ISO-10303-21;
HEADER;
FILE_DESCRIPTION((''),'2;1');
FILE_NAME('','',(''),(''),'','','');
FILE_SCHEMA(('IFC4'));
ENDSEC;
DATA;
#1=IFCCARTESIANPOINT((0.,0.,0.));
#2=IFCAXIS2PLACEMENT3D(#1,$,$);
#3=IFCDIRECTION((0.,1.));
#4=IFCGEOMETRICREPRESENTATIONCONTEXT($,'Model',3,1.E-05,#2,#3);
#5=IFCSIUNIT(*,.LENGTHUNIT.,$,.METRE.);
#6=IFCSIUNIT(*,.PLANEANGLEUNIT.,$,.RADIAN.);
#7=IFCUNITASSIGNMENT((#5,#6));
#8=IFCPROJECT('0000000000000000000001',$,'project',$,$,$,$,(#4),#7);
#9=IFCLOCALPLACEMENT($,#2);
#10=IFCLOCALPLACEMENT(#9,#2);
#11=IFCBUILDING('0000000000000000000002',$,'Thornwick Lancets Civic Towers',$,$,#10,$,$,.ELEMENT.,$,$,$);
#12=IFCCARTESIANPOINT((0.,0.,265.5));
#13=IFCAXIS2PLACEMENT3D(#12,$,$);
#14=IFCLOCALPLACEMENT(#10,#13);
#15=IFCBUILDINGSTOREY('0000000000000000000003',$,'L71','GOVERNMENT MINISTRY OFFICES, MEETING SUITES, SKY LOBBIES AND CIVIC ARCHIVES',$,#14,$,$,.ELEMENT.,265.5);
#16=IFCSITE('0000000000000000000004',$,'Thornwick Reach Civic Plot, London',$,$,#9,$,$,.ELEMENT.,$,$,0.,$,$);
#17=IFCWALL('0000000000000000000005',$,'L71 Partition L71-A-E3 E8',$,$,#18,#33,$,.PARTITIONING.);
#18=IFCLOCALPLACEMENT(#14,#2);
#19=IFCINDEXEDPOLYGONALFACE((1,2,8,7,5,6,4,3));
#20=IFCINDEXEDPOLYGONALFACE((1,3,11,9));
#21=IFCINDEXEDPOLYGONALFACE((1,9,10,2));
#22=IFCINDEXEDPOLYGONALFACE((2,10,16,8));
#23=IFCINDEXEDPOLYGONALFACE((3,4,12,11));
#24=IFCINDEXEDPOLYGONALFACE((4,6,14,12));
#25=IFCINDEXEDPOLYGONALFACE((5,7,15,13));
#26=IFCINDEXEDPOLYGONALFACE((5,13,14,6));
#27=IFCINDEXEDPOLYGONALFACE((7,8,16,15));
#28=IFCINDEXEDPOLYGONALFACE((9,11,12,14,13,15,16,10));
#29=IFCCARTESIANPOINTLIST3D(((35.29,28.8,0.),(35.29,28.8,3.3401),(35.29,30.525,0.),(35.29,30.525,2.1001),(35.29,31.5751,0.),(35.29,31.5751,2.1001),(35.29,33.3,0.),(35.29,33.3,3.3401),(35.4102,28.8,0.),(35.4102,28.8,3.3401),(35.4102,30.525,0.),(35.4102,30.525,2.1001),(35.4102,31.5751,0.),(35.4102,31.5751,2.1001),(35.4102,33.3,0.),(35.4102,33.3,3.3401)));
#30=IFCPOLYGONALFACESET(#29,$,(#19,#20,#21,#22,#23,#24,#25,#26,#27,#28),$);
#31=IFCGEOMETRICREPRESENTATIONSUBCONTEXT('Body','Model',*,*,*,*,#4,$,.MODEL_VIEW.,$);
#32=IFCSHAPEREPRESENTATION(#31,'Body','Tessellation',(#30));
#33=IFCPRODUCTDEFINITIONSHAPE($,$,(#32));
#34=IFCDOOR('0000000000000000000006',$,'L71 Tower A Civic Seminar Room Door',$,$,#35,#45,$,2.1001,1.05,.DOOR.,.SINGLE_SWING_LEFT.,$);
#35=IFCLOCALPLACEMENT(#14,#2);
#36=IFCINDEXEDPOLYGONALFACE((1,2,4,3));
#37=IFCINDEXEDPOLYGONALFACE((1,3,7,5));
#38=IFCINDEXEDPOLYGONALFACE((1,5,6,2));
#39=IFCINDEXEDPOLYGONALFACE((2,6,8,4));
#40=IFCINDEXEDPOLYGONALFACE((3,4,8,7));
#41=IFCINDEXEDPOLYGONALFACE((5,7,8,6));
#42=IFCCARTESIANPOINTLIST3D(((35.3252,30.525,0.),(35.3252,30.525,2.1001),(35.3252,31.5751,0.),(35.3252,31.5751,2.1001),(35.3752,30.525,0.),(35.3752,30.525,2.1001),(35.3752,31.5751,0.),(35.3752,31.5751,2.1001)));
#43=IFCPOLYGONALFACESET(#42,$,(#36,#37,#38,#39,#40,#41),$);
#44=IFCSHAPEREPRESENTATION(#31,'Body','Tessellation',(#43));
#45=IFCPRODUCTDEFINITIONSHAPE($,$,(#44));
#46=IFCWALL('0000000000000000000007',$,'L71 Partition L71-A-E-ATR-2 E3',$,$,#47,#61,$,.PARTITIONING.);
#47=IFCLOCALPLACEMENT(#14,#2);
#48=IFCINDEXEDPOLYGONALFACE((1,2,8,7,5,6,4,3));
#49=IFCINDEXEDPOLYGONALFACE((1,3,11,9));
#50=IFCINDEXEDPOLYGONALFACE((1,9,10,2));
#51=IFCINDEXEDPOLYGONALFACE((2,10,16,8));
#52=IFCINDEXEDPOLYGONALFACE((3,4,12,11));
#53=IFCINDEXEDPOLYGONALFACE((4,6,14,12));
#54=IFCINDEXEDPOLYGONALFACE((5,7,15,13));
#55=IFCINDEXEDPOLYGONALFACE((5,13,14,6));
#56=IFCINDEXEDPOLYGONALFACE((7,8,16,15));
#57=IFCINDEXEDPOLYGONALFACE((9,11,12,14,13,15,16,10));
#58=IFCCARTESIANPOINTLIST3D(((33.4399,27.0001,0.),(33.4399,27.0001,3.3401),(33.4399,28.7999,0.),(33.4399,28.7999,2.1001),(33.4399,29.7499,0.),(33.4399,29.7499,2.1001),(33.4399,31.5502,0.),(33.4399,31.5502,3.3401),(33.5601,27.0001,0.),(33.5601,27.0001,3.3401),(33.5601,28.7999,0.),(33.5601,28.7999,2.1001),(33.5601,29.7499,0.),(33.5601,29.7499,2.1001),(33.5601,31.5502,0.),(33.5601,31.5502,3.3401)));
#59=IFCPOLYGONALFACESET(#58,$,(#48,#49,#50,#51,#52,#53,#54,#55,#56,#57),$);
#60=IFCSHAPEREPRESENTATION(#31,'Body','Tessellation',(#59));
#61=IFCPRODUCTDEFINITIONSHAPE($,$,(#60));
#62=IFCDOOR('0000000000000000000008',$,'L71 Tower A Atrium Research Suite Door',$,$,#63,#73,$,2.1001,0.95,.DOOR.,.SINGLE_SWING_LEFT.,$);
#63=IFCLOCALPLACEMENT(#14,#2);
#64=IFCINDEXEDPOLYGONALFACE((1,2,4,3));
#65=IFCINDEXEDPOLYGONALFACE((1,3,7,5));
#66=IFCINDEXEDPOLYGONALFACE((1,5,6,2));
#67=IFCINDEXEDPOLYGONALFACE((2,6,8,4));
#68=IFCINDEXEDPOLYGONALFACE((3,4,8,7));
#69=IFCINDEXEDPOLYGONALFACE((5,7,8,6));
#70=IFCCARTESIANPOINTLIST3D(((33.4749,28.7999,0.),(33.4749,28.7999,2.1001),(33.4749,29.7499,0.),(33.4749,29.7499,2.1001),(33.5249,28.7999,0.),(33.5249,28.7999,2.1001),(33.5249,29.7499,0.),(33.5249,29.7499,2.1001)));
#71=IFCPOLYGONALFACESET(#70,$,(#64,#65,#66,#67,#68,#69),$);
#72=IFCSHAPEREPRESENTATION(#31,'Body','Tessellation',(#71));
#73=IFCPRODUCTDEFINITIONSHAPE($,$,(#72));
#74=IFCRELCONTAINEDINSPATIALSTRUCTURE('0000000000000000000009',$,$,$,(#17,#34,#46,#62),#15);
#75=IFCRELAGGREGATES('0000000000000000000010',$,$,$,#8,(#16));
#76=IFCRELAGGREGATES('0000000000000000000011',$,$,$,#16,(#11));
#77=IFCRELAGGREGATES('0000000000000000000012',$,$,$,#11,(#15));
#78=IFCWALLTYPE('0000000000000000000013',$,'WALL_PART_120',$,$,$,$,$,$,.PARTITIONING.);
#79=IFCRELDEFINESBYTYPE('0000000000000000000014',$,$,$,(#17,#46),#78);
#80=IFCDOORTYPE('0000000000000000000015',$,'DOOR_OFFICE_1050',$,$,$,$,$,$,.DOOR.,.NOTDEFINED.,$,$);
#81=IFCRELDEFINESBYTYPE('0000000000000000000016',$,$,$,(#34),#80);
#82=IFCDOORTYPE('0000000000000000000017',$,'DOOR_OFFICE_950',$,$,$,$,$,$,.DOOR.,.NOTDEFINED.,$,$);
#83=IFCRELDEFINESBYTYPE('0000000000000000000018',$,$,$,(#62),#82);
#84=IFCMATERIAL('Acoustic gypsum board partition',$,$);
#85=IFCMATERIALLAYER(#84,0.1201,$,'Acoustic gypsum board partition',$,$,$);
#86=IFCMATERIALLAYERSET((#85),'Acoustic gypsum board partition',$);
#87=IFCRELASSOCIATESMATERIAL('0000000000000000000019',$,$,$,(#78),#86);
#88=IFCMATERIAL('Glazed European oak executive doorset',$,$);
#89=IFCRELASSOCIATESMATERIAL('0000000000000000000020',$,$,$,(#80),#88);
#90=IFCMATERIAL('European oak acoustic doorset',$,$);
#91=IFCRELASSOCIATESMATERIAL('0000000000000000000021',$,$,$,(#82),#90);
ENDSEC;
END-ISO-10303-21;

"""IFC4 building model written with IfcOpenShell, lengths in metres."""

from ifc_helpers import new_model, si_unit, direction, frame, frame_2d, origin, place, context, subcontext, project, spatial, rectangle, extrude, material, layer, layer_set, type_object, element, fill, save


model = new_model("IFC4")

# Units and contexts
model_context = context("Model", 3, precision=1e-05, world=origin(), true_north=direction((0.0, 1.0)))
body_context = subcontext(model_context, "Body", "Model", "MODEL_VIEW")
ifc_project = project(units=[si_unit("LENGTHUNIT", "METRE"), si_unit("PLANEANGLEUNIT", "RADIAN")], contexts=[model_context])

# Site, building, storey
site_placement = place(None, origin())
site = spatial("IfcSite", under=ifc_project, at=site_placement, Name="Thornwick Reach Civic Plot, London", CompositionType="ELEMENT", RefElevation=0.0)
building_placement = place(site_placement, origin())
building = spatial("IfcBuilding", under=site, at=building_placement, Name="Thornwick Lancets Civic Towers", CompositionType="ELEMENT")
storey_placement = place(building_placement, frame((0.0, 0.0, 265.5)))
storey = spatial("IfcBuildingStorey", under=building, at=storey_placement, Name="L71", Description="GOVERNMENT MINISTRY OFFICES, MEETING SUITES, SKY LOBBIES AND CIVIC ARCHIVES", CompositionType="ELEMENT", Elevation=265.5)

# Shared definitions
ifc_material_1 = material(Name="Acoustic gypsum board partition")
ifc_layer_1 = layer(ifc_material_1, 0.1201, Name="Acoustic gypsum board partition")
ifc_layer_set_1 = layer_set([ifc_layer_1], Name="Acoustic gypsum board partition")
wall_type_1 = type_object("IfcWallType", Name="WALL_PART_120", PredefinedType="PARTITIONING", material=ifc_layer_set_1)

# Walls, openings, doors
wall_1_placement = place(storey_placement, frame((35.3501, 28.8, 0.0), z_axis=(0.0, 0.0, 1.0), x_axis=(0.0, 1.0, 0.0)))
wall_1 = element("IfcWall", 1, at=wall_1_placement, inside=storey, type_object=wall_type_1, Name="L71 Partition L71-A-E3 E8", PredefinedType="PARTITIONING", context=body_context, shape_type="SweptSolid", body=[
    extrude(rectangle(XDim=4.5, YDim=0.1201, at=frame_2d((2.25, 0.0))), origin(), (0.0, 0.0, 1.0), 3.3401),
])
opening_1_placement = place(wall_1_placement, frame((1.7251, 0.0, 0.0)))
opening_1 = element("IfcOpeningElement", 2, at=opening_1_placement, cuts=wall_1, PredefinedType="OPENING", context=body_context, shape_type="SweptSolid", body=[
    extrude(rectangle(XDim=1.05, YDim=2.1001, at=frame_2d((0.5249, 1.05))), frame((0.0, 0.0701, 0.0), z_axis=(0.0, -1.0, 0.0), x_axis=(1.0, 0.0, 0.0)), (0.0, 0.0, 1.0), 0.1401),
])
ifc_material_2 = material(Name="Glazed European oak executive doorset")
door_type_1 = type_object("IfcDoorType", Name="DOOR_OFFICE_1050", OperationType="NOTDEFINED", PredefinedType="DOOR", material=ifc_material_2)
door_1_placement = place(opening_1_placement, origin())
door_1 = element("IfcDoor", 3, at=door_1_placement, inside=storey, type_object=door_type_1, Name="L71 Tower A Civic Seminar Room Door", OperationType="SINGLE_SWING_LEFT", OverallHeight=2.1001, OverallWidth=1.05, PredefinedType="DOOR", context=body_context, shape_type="SweptSolid", body=[
    extrude(rectangle(XDim=1.05, YDim=2.1001, at=frame_2d((0.5249, 1.05))), frame((0.0, 0.0249, 0.0), z_axis=(0.0, -1.0, 0.0), x_axis=(1.0, 0.0, 0.0)), (0.0, 0.0, 1.0), 0.05),
])
fill(opening_1, door_1)
wall_2_placement = place(storey_placement, frame((33.5, 31.55, 0.0), z_axis=(0.0, 0.0, 1.0), x_axis=(0.0, -1.0, 0.0)))
wall_2 = element("IfcWall", 4, at=wall_2_placement, inside=storey, type_object=wall_type_1, Name="L71 Partition L71-A-E-ATR-2 E3", PredefinedType="PARTITIONING", context=body_context, shape_type="SweptSolid", body=[
    extrude(rectangle(XDim=4.55, YDim=0.1201, at=frame_2d((2.2749, 0.0))), origin(), (0.0, 0.0, 1.0), 3.3401),
])
opening_2_placement = place(wall_2_placement, frame((1.8, 0.0, 0.0)))
opening_2 = element("IfcOpeningElement", 5, at=opening_2_placement, cuts=wall_2, PredefinedType="OPENING", context=body_context, shape_type="SweptSolid", body=[
    extrude(rectangle(XDim=0.95, YDim=2.1001, at=frame_2d((0.4751, 1.05))), frame((0.0, 0.0701, 0.0), z_axis=(0.0, -1.0, 0.0), x_axis=(1.0, 0.0, 0.0)), (0.0, 0.0, 1.0), 0.1401),
])
ifc_material_3 = material(Name="European oak acoustic doorset")
door_type_2 = type_object("IfcDoorType", Name="DOOR_OFFICE_950", OperationType="NOTDEFINED", PredefinedType="DOOR", material=ifc_material_3)
door_2_placement = place(opening_2_placement, origin())
door_2 = element("IfcDoor", 6, at=door_2_placement, inside=storey, type_object=door_type_2, Name="L71 Tower A Atrium Research Suite Door", OperationType="SINGLE_SWING_LEFT", OverallHeight=2.1001, OverallWidth=0.95, PredefinedType="DOOR", context=body_context, shape_type="SweptSolid", body=[
    extrude(rectangle(XDim=0.95, YDim=2.1001, at=frame_2d((0.4751, 1.05))), frame((0.0, 0.0249, 0.0), z_axis=(0.0, -1.0, 0.0), x_axis=(1.0, 0.0, 0.0)), (0.0, 0.0, 1.0), 0.05),
])
fill(opening_2, door_2)

save(model, "model.ifc")
